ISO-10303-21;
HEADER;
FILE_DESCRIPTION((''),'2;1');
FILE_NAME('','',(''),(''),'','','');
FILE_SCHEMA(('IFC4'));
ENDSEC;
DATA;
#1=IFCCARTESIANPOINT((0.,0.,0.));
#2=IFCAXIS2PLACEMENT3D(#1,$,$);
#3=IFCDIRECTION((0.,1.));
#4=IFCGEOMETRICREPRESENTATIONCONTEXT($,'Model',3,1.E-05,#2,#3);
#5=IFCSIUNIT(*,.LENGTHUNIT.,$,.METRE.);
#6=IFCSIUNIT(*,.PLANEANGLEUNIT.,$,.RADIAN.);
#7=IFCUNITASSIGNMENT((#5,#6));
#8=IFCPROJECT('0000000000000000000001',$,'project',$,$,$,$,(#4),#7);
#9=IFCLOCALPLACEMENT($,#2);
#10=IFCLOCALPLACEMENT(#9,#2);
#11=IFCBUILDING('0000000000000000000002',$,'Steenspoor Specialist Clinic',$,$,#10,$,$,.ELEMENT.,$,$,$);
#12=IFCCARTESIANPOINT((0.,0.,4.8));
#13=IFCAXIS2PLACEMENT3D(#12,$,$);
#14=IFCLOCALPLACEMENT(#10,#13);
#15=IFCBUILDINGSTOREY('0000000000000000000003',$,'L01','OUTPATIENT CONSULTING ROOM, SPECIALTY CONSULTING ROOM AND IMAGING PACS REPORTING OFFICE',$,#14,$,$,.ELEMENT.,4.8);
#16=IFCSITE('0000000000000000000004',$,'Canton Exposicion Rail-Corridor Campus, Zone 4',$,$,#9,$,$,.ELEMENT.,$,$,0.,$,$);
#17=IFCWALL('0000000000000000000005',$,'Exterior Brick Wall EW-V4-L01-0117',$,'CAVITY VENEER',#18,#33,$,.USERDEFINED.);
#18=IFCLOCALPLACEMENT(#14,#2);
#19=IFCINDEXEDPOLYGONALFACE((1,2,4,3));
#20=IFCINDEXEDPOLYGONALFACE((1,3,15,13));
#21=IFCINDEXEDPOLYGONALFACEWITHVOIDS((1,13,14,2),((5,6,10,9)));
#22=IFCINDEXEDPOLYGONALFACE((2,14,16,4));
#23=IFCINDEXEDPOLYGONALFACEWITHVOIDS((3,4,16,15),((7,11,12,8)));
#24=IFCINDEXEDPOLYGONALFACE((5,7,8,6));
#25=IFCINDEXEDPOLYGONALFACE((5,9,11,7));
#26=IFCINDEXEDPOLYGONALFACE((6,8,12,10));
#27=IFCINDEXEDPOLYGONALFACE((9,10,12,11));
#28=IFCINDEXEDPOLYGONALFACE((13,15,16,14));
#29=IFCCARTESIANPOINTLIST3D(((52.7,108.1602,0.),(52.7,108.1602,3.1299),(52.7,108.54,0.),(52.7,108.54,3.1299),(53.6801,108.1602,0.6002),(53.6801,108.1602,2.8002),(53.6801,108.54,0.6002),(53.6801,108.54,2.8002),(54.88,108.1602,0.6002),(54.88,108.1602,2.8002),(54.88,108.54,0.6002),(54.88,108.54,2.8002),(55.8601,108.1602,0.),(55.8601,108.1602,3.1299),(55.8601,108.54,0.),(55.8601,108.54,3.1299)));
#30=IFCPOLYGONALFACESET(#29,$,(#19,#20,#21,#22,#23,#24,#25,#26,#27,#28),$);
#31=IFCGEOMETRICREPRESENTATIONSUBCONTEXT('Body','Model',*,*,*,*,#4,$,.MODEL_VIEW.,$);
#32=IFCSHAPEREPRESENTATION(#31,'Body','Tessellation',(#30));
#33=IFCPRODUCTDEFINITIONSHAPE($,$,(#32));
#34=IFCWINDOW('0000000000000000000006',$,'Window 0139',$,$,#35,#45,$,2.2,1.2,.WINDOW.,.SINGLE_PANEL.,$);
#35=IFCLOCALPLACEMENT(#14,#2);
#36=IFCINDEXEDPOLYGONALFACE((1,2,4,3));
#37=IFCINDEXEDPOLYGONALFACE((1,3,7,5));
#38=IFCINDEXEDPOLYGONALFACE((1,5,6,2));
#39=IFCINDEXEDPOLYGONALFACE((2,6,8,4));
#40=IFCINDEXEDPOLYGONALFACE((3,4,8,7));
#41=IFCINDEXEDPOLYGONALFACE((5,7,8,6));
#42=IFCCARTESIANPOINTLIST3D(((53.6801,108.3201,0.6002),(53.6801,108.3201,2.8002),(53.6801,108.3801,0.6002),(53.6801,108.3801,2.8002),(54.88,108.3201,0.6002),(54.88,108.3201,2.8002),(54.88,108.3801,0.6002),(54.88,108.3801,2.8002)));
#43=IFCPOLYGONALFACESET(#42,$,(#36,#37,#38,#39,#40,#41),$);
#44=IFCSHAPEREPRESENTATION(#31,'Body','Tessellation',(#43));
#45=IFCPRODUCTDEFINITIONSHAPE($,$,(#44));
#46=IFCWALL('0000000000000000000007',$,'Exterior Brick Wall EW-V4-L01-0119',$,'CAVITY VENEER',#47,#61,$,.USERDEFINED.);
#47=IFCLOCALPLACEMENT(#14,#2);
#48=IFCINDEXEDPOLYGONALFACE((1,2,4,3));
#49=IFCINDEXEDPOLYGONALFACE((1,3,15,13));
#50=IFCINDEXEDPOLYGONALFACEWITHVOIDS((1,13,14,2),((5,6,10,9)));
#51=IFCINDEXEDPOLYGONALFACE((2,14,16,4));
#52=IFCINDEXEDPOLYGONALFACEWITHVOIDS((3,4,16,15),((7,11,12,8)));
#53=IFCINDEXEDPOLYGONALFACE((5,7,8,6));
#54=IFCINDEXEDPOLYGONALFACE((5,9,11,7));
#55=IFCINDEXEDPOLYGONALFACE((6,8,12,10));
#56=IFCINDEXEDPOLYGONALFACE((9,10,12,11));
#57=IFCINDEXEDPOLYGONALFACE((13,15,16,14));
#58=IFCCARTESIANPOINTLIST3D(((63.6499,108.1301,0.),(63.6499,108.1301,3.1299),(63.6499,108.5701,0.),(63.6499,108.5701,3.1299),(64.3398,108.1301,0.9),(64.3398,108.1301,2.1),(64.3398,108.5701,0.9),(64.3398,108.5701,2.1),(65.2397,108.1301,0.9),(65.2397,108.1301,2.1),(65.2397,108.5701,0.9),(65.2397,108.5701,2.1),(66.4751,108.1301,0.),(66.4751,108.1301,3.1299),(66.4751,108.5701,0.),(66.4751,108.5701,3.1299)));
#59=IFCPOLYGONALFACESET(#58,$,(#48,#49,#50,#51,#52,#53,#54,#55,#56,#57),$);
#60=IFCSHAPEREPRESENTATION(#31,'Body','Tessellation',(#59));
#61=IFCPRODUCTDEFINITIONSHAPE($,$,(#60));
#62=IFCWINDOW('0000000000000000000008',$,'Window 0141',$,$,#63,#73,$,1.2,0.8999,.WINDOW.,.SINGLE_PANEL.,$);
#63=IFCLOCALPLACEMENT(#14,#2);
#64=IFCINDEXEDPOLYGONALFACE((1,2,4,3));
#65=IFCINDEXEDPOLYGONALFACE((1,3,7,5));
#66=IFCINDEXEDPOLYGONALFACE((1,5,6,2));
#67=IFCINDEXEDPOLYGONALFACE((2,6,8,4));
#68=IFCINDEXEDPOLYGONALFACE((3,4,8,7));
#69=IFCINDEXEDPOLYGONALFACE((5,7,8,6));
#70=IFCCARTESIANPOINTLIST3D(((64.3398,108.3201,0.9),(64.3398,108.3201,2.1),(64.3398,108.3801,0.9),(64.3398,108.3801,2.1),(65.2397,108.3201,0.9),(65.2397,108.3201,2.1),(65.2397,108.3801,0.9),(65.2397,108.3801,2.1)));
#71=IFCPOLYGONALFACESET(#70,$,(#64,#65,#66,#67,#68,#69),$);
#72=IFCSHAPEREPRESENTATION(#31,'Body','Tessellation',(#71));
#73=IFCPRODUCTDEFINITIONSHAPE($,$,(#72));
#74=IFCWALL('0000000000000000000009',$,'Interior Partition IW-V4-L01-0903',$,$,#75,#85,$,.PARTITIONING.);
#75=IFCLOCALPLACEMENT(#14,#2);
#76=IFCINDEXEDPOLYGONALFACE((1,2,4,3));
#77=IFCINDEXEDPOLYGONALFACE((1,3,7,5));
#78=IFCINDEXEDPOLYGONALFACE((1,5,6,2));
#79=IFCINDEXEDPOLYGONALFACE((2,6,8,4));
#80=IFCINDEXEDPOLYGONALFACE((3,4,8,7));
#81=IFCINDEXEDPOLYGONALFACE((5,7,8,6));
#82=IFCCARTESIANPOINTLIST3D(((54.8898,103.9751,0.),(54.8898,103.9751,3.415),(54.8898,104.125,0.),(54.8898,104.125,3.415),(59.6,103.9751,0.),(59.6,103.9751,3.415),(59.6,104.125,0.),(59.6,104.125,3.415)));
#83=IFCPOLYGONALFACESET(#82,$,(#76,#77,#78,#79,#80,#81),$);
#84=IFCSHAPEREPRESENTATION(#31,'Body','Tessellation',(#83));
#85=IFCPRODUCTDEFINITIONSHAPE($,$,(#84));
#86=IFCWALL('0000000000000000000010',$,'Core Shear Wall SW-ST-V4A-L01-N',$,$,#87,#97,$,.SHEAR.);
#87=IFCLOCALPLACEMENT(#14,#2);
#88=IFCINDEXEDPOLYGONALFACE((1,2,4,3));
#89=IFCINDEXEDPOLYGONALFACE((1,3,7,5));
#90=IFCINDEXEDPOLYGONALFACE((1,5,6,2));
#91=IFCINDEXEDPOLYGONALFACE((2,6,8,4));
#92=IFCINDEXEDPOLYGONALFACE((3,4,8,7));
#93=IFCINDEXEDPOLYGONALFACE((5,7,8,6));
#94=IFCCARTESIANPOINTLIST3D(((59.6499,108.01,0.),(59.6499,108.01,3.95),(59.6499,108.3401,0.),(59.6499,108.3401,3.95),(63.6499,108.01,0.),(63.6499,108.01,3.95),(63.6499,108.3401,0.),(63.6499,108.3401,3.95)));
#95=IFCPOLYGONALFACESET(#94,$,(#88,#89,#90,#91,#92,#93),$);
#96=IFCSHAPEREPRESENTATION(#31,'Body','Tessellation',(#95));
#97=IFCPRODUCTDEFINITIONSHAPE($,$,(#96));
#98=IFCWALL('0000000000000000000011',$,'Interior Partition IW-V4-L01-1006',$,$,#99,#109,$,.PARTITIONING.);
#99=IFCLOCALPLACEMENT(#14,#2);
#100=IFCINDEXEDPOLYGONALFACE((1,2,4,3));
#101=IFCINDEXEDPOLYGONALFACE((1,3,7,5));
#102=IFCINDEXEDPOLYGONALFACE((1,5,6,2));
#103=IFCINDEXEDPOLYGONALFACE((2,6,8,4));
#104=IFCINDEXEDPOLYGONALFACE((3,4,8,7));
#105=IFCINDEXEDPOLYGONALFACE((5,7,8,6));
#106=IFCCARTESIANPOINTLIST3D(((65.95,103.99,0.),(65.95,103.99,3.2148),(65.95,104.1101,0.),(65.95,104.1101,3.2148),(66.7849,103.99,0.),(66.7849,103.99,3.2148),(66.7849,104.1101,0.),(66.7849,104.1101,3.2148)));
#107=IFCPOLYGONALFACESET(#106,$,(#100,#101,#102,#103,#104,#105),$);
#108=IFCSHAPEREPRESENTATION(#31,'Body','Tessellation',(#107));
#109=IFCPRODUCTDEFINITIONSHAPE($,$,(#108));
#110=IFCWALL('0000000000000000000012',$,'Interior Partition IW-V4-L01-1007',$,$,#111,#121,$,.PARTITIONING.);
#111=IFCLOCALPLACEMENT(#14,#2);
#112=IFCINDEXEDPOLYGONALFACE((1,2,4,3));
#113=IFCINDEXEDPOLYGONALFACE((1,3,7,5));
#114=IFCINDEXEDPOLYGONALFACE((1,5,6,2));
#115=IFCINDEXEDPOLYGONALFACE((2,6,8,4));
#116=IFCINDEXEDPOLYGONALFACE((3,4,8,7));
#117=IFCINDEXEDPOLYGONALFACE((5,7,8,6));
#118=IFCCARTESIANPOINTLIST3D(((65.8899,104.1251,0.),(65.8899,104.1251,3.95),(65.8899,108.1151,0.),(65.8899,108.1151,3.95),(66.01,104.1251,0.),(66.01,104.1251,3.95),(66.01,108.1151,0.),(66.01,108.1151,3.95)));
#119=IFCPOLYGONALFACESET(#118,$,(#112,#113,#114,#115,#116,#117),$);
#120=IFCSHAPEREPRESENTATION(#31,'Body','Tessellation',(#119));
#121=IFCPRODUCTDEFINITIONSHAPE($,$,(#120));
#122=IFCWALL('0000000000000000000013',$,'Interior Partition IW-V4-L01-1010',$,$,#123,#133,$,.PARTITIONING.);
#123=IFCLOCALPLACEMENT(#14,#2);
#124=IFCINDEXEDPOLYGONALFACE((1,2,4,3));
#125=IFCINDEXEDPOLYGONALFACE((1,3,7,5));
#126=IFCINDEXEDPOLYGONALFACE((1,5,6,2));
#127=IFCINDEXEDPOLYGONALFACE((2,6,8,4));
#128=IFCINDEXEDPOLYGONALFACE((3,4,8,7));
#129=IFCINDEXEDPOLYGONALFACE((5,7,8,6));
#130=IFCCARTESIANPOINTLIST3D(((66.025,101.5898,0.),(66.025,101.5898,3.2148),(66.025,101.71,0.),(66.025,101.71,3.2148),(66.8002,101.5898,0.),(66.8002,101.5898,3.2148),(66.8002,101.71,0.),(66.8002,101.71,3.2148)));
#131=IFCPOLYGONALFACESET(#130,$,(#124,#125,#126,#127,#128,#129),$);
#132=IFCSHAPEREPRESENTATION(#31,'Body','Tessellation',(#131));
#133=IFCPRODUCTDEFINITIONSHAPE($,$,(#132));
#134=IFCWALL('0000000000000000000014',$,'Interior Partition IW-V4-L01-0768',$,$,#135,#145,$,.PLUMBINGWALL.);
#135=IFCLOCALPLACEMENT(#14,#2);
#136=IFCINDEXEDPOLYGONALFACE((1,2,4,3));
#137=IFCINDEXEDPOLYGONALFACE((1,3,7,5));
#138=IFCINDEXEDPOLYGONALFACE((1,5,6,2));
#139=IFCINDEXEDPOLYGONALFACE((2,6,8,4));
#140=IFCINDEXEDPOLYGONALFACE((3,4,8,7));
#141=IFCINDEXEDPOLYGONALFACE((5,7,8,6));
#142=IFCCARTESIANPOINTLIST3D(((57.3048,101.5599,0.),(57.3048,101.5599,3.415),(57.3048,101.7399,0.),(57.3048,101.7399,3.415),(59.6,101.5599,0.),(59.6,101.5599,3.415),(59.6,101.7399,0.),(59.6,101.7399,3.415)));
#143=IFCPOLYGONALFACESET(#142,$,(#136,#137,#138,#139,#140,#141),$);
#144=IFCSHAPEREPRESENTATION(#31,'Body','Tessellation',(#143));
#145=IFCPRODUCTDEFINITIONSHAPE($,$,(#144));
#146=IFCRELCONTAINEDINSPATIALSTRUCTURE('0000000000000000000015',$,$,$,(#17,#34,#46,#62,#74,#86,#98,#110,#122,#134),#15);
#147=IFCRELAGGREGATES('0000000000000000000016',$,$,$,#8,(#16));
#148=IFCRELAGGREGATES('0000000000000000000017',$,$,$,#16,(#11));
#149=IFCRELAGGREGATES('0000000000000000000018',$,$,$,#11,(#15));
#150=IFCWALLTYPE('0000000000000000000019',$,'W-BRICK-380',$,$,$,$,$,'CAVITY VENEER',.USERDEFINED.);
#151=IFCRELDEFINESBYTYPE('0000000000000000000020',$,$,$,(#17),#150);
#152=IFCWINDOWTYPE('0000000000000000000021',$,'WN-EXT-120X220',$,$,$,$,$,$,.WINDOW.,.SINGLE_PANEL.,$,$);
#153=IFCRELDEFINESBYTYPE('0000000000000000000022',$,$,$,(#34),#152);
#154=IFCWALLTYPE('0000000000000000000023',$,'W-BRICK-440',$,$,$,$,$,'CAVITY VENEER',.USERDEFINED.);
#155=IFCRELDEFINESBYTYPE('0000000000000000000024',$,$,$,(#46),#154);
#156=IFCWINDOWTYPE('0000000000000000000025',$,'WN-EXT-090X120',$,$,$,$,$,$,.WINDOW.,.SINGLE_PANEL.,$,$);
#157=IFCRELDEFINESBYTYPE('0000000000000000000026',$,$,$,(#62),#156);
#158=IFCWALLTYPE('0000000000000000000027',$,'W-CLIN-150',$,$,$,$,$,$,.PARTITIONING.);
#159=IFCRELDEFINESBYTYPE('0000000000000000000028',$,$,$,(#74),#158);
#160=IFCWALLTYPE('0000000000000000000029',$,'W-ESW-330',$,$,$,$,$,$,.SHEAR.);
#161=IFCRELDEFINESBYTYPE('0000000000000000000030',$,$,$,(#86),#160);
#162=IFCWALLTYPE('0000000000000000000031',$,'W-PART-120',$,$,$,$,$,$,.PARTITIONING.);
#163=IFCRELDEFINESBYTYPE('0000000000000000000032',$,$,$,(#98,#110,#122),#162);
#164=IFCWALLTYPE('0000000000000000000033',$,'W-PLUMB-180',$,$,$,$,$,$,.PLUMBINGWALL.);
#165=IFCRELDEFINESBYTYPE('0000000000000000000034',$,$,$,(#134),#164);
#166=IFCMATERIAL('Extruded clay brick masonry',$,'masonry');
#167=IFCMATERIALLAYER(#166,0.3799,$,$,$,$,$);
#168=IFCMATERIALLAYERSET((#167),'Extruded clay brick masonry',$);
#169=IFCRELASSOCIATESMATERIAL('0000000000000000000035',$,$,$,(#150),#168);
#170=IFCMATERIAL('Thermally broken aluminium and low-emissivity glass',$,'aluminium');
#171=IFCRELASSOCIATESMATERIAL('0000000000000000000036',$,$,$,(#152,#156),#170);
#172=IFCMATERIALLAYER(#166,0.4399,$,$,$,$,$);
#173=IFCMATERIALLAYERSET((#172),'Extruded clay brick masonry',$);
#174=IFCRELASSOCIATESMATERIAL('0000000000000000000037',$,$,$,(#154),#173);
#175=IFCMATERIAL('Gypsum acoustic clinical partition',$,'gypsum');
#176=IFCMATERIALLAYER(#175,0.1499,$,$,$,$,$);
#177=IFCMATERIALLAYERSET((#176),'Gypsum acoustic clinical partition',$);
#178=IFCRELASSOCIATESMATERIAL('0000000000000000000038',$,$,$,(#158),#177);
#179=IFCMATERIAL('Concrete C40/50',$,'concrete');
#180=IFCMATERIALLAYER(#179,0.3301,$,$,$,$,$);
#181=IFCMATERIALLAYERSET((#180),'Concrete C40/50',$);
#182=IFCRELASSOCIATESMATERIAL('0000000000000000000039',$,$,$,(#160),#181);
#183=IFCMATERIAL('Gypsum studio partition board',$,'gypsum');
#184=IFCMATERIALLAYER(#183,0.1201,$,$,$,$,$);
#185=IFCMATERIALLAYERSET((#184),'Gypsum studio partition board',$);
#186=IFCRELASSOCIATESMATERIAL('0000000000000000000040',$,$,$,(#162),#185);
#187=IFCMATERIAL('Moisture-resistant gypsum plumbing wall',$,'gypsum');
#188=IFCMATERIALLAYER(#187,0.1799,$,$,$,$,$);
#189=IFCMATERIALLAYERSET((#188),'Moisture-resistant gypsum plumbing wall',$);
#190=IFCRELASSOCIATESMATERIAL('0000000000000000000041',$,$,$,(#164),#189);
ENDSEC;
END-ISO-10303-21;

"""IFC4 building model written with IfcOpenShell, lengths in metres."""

from ifc_helpers import new_model, si_unit, direction, frame, frame_2d, origin, place, context, subcontext, project, spatial, rectangle, extrude, material, layer, layer_set, type_object, element, fill, save


model = new_model("IFC4")

# Units and contexts
model_context = context("Model", 3, precision=1e-05, world=origin(), true_north=direction((0.0, 1.0)))
body_context = subcontext(model_context, "Body", "Model", "MODEL_VIEW")
ifc_project = project(units=[si_unit("LENGTHUNIT", "METRE"), si_unit("PLANEANGLEUNIT", "RADIAN")], contexts=[model_context])

# Site, building, storey
site_placement = place(None, origin())
site = spatial("IfcSite", under=ifc_project, at=site_placement, Name="Canton Exposicion Rail-Corridor Campus, Zone 4", CompositionType="ELEMENT", RefElevation=0.0)
building_placement = place(site_placement, origin())
building = spatial("IfcBuilding", under=site, at=building_placement, Name="Steenspoor Specialist Clinic", CompositionType="ELEMENT")
storey_placement = place(building_placement, frame((0.0, 0.0, 4.8)))
storey = spatial("IfcBuildingStorey", under=building, at=storey_placement, Name="L01", Description="OUTPATIENT CONSULTING ROOM, SPECIALTY CONSULTING ROOM AND IMAGING PACS REPORTING OFFICE", CompositionType="ELEMENT", Elevation=4.8)

# Shared definitions
ifc_material_1 = material(Name="Concrete C40/50", Category="concrete")

# Walls, openings, windows
ifc_material_2 = material(Name="Extruded clay brick masonry", Category="masonry")
ifc_layer_1 = layer(ifc_material_2, 0.3799)
ifc_layer_set_1 = layer_set([ifc_layer_1], Name="Extruded clay brick masonry")
wall_type_1 = type_object("IfcWallType", Name="W-BRICK-380", ElementType="CAVITY VENEER", PredefinedType="USERDEFINED", material=ifc_layer_set_1)
wall_1_placement = place(storey_placement, frame((52.7, 108.3501, 0.0), z_axis=(0.0, 0.0, 1.0), x_axis=(1.0, 0.0, 0.0)))
wall_1 = element("IfcWall", 1, at=wall_1_placement, inside=storey, type_object=wall_type_1, Name="Exterior Brick Wall EW-V4-L01-0117", ObjectType="CAVITY VENEER", PredefinedType="USERDEFINED", context=body_context, shape_type="SweptSolid", body=[
    extrude(rectangle(XDim=3.1602, YDim=0.3799, at=frame_2d((1.5801, 0.0))), origin(), (0.0, 0.0, 1.0), 3.1299),
])
opening_1_placement = place(wall_1_placement, frame((0.98, 0.0, 0.6001)))
opening_1 = element("IfcOpeningElement", 2, at=opening_1_placement, cuts=wall_1, PredefinedType="OPENING", context=body_context, shape_type="SweptSolid", body=[
    extrude(rectangle(XDim=1.2, YDim=2.2, at=frame_2d((0.6001, 1.1001))), frame((0.0, 0.2, 0.0), z_axis=(0.0, -1.0, 0.0), x_axis=(1.0, 0.0, 0.0)), (0.0, 0.0, 1.0), 0.3999),
])
ifc_material_3 = material(Name="Thermally broken aluminium and low-emissivity glass", Category="aluminium")
window_type_1 = type_object("IfcWindowType", Name="WN-EXT-120X220", PartitioningType="SINGLE_PANEL", PredefinedType="WINDOW", material=ifc_material_3)
window_1_placement = place(opening_1_placement, origin())
window_1 = element("IfcWindow", 3, at=window_1_placement, inside=storey, type_object=window_type_1, Name="Window 0139", OverallHeight=2.2, OverallWidth=1.2, PartitioningType="SINGLE_PANEL", PredefinedType="WINDOW", context=body_context, shape_type="SweptSolid", body=[
    extrude(rectangle(XDim=1.2, YDim=2.2, at=frame_2d((0.6001, 1.1001))), frame((0.0, 0.03, 0.0), z_axis=(0.0, -1.0, 0.0), x_axis=(1.0, 0.0, 0.0)), (0.0, 0.0, 1.0), 0.0601),
])
fill(opening_1, window_1)
ifc_layer_2 = layer(ifc_material_2, 0.4399)
ifc_layer_set_2 = layer_set([ifc_layer_2], Name="Extruded clay brick masonry")
wall_type_2 = type_object("IfcWallType", Name="W-BRICK-440", ElementType="CAVITY VENEER", PredefinedType="USERDEFINED", material=ifc_layer_set_2)
wall_2_placement = place(storey_placement, frame((63.6499, 108.3501, 0.0), z_axis=(0.0, 0.0, 1.0), x_axis=(1.0, 0.0, 0.0)))
wall_2 = element("IfcWall", 4, at=wall_2_placement, inside=storey, type_object=wall_type_2, Name="Exterior Brick Wall EW-V4-L01-0119", ObjectType="CAVITY VENEER", PredefinedType="USERDEFINED", context=body_context, shape_type="SweptSolid", body=[
    extrude(rectangle(XDim=2.8252, YDim=0.4399, at=frame_2d((1.4126, 0.0))), origin(), (0.0, 0.0, 1.0), 3.1299),
])
opening_2_placement = place(wall_2_placement, frame((0.6899, 0.0, 0.8999)))
opening_2 = element("IfcOpeningElement", 5, at=opening_2_placement, cuts=wall_2, PredefinedType="OPENING", context=body_context, shape_type="SweptSolid", body=[
    extrude(rectangle(XDim=0.8999, YDim=1.2, at=frame_2d((0.45, 0.6001))), frame((0.0, 0.23, 0.0), z_axis=(0.0, -1.0, 0.0), x_axis=(1.0, 0.0, 0.0)), (0.0, 0.0, 1.0), 0.46),
])
window_type_2 = type_object("IfcWindowType", Name="WN-EXT-090X120", PartitioningType="SINGLE_PANEL", PredefinedType="WINDOW", material=ifc_material_3)
window_2_placement = place(opening_2_placement, origin())
window_2 = element("IfcWindow", 6, at=window_2_placement, inside=storey, type_object=window_type_2, Name="Window 0141", OverallHeight=1.2, OverallWidth=0.8999, PartitioningType="SINGLE_PANEL", PredefinedType="WINDOW", context=body_context, shape_type="SweptSolid", body=[
    extrude(rectangle(XDim=0.8999, YDim=1.2, at=frame_2d((0.45, 0.6001))), frame((0.0, 0.03, 0.0), z_axis=(0.0, -1.0, 0.0), x_axis=(1.0, 0.0, 0.0)), (0.0, 0.0, 1.0), 0.0601),
])
fill(opening_2, window_2)

# Walls
ifc_material_4 = material(Name="Gypsum acoustic clinical partition", Category="gypsum")
ifc_layer_3 = layer(ifc_material_4, 0.1499)
ifc_layer_set_3 = layer_set([ifc_layer_3], Name="Gypsum acoustic clinical partition")
wall_type_3 = type_object("IfcWallType", Name="W-CLIN-150", PredefinedType="PARTITIONING", material=ifc_layer_set_3)
wall_3_placement = place(storey_placement, frame((54.8899, 104.05, 0.0), z_axis=(0.0, 0.0, 1.0), x_axis=(1.0, 0.0, 0.0)))
element("IfcWall", 7, at=wall_3_placement, inside=storey, type_object=wall_type_3, Name="Interior Partition IW-V4-L01-0903", PredefinedType="PARTITIONING", context=body_context, shape_type="SweptSolid", body=[
    extrude(rectangle(XDim=4.7102, YDim=0.1499, at=frame_2d((2.355, 0.0))), origin(), (0.0, 0.0, 1.0), 3.415),
])
ifc_layer_4 = layer(ifc_material_1, 0.3301)
ifc_layer_set_4 = layer_set([ifc_layer_4], Name="Concrete C40/50")
wall_type_4 = type_object("IfcWallType", Name="W-ESW-330", PredefinedType="SHEAR", material=ifc_layer_set_4)
wall_4_placement = place(storey_placement, frame((59.6499, 108.175, 0.0), z_axis=(0.0, 0.0, 1.0), x_axis=(1.0, 0.0, 0.0)))
element("IfcWall", 8, at=wall_4_placement, inside=storey, type_object=wall_type_4, Name="Core Shear Wall SW-ST-V4A-L01-N", PredefinedType="SHEAR", context=body_context, shape_type="SweptSolid", body=[
    extrude(rectangle(XDim=4.0, YDim=0.3301, at=frame_2d((2.0, 0.0))), origin(), (0.0, 0.0, 1.0), 3.95),
])
ifc_material_5 = material(Name="Gypsum studio partition board", Category="gypsum")
ifc_layer_5 = layer(ifc_material_5, 0.1201)
ifc_layer_set_5 = layer_set([ifc_layer_5], Name="Gypsum studio partition board")
wall_type_5 = type_object("IfcWallType", Name="W-PART-120", PredefinedType="PARTITIONING", material=ifc_layer_set_5)
wall_5_placement = place(storey_placement, frame((65.95, 104.05, 0.0), z_axis=(0.0, 0.0, 1.0), x_axis=(1.0, 0.0, 0.0)))
element("IfcWall", 9, at=wall_5_placement, inside=storey, type_object=wall_type_5, Name="Interior Partition IW-V4-L01-1006", PredefinedType="PARTITIONING", context=body_context, shape_type="SweptSolid", body=[
    extrude(rectangle(XDim=0.835, YDim=0.1201, at=frame_2d((0.4175, 0.0))), origin(), (0.0, 0.0, 1.0), 3.2148),
])
wall_6_placement = place(storey_placement, frame((65.95, 104.125, 0.0), z_axis=(0.0, 0.0, 1.0), x_axis=(0.0, 1.0, 0.0)))
element("IfcWall", 10, at=wall_6_placement, inside=storey, type_object=wall_type_5, Name="Interior Partition IW-V4-L01-1007", PredefinedType="PARTITIONING", context=body_context, shape_type="SweptSolid", body=[
    extrude(rectangle(XDim=3.99, YDim=0.1201, at=frame_2d((1.9951, 0.0))), origin(), (0.0, 0.0, 1.0), 3.95),
])
wall_7_placement = place(storey_placement, frame((66.0249, 101.6499, 0.0), z_axis=(0.0, 0.0, 1.0), x_axis=(1.0, 0.0, 0.0)))
element("IfcWall", 11, at=wall_7_placement, inside=storey, type_object=wall_type_5, Name="Interior Partition IW-V4-L01-1010", PredefinedType="PARTITIONING", context=body_context, shape_type="SweptSolid", body=[
    extrude(rectangle(XDim=0.7751, YDim=0.1201, at=frame_2d((0.3877, 0.0))), origin(), (0.0, 0.0, 1.0), 3.2148),
])
ifc_material_6 = material(Name="Moisture-resistant gypsum plumbing wall", Category="gypsum")
ifc_layer_6 = layer(ifc_material_6, 0.1799)
ifc_layer_set_6 = layer_set([ifc_layer_6], Name="Moisture-resistant gypsum plumbing wall")
wall_type_6 = type_object("IfcWallType", Name="W-PLUMB-180", PredefinedType="PLUMBINGWALL", material=ifc_layer_set_6)
wall_8_placement = place(storey_placement, frame((57.3049, 101.6499, 0.0), z_axis=(0.0, 0.0, 1.0), x_axis=(1.0, 0.0, 0.0)))
element("IfcWall", 12, at=wall_8_placement, inside=storey, type_object=wall_type_6, Name="Interior Partition IW-V4-L01-0768", PredefinedType="PLUMBINGWALL", context=body_context, shape_type="SweptSolid", body=[
    extrude(rectangle(XDim=2.2952, YDim=0.1799, at=frame_2d((1.1475, 0.0))), origin(), (0.0, 0.0, 1.0), 3.415),
])

save(model, "model.ifc")
